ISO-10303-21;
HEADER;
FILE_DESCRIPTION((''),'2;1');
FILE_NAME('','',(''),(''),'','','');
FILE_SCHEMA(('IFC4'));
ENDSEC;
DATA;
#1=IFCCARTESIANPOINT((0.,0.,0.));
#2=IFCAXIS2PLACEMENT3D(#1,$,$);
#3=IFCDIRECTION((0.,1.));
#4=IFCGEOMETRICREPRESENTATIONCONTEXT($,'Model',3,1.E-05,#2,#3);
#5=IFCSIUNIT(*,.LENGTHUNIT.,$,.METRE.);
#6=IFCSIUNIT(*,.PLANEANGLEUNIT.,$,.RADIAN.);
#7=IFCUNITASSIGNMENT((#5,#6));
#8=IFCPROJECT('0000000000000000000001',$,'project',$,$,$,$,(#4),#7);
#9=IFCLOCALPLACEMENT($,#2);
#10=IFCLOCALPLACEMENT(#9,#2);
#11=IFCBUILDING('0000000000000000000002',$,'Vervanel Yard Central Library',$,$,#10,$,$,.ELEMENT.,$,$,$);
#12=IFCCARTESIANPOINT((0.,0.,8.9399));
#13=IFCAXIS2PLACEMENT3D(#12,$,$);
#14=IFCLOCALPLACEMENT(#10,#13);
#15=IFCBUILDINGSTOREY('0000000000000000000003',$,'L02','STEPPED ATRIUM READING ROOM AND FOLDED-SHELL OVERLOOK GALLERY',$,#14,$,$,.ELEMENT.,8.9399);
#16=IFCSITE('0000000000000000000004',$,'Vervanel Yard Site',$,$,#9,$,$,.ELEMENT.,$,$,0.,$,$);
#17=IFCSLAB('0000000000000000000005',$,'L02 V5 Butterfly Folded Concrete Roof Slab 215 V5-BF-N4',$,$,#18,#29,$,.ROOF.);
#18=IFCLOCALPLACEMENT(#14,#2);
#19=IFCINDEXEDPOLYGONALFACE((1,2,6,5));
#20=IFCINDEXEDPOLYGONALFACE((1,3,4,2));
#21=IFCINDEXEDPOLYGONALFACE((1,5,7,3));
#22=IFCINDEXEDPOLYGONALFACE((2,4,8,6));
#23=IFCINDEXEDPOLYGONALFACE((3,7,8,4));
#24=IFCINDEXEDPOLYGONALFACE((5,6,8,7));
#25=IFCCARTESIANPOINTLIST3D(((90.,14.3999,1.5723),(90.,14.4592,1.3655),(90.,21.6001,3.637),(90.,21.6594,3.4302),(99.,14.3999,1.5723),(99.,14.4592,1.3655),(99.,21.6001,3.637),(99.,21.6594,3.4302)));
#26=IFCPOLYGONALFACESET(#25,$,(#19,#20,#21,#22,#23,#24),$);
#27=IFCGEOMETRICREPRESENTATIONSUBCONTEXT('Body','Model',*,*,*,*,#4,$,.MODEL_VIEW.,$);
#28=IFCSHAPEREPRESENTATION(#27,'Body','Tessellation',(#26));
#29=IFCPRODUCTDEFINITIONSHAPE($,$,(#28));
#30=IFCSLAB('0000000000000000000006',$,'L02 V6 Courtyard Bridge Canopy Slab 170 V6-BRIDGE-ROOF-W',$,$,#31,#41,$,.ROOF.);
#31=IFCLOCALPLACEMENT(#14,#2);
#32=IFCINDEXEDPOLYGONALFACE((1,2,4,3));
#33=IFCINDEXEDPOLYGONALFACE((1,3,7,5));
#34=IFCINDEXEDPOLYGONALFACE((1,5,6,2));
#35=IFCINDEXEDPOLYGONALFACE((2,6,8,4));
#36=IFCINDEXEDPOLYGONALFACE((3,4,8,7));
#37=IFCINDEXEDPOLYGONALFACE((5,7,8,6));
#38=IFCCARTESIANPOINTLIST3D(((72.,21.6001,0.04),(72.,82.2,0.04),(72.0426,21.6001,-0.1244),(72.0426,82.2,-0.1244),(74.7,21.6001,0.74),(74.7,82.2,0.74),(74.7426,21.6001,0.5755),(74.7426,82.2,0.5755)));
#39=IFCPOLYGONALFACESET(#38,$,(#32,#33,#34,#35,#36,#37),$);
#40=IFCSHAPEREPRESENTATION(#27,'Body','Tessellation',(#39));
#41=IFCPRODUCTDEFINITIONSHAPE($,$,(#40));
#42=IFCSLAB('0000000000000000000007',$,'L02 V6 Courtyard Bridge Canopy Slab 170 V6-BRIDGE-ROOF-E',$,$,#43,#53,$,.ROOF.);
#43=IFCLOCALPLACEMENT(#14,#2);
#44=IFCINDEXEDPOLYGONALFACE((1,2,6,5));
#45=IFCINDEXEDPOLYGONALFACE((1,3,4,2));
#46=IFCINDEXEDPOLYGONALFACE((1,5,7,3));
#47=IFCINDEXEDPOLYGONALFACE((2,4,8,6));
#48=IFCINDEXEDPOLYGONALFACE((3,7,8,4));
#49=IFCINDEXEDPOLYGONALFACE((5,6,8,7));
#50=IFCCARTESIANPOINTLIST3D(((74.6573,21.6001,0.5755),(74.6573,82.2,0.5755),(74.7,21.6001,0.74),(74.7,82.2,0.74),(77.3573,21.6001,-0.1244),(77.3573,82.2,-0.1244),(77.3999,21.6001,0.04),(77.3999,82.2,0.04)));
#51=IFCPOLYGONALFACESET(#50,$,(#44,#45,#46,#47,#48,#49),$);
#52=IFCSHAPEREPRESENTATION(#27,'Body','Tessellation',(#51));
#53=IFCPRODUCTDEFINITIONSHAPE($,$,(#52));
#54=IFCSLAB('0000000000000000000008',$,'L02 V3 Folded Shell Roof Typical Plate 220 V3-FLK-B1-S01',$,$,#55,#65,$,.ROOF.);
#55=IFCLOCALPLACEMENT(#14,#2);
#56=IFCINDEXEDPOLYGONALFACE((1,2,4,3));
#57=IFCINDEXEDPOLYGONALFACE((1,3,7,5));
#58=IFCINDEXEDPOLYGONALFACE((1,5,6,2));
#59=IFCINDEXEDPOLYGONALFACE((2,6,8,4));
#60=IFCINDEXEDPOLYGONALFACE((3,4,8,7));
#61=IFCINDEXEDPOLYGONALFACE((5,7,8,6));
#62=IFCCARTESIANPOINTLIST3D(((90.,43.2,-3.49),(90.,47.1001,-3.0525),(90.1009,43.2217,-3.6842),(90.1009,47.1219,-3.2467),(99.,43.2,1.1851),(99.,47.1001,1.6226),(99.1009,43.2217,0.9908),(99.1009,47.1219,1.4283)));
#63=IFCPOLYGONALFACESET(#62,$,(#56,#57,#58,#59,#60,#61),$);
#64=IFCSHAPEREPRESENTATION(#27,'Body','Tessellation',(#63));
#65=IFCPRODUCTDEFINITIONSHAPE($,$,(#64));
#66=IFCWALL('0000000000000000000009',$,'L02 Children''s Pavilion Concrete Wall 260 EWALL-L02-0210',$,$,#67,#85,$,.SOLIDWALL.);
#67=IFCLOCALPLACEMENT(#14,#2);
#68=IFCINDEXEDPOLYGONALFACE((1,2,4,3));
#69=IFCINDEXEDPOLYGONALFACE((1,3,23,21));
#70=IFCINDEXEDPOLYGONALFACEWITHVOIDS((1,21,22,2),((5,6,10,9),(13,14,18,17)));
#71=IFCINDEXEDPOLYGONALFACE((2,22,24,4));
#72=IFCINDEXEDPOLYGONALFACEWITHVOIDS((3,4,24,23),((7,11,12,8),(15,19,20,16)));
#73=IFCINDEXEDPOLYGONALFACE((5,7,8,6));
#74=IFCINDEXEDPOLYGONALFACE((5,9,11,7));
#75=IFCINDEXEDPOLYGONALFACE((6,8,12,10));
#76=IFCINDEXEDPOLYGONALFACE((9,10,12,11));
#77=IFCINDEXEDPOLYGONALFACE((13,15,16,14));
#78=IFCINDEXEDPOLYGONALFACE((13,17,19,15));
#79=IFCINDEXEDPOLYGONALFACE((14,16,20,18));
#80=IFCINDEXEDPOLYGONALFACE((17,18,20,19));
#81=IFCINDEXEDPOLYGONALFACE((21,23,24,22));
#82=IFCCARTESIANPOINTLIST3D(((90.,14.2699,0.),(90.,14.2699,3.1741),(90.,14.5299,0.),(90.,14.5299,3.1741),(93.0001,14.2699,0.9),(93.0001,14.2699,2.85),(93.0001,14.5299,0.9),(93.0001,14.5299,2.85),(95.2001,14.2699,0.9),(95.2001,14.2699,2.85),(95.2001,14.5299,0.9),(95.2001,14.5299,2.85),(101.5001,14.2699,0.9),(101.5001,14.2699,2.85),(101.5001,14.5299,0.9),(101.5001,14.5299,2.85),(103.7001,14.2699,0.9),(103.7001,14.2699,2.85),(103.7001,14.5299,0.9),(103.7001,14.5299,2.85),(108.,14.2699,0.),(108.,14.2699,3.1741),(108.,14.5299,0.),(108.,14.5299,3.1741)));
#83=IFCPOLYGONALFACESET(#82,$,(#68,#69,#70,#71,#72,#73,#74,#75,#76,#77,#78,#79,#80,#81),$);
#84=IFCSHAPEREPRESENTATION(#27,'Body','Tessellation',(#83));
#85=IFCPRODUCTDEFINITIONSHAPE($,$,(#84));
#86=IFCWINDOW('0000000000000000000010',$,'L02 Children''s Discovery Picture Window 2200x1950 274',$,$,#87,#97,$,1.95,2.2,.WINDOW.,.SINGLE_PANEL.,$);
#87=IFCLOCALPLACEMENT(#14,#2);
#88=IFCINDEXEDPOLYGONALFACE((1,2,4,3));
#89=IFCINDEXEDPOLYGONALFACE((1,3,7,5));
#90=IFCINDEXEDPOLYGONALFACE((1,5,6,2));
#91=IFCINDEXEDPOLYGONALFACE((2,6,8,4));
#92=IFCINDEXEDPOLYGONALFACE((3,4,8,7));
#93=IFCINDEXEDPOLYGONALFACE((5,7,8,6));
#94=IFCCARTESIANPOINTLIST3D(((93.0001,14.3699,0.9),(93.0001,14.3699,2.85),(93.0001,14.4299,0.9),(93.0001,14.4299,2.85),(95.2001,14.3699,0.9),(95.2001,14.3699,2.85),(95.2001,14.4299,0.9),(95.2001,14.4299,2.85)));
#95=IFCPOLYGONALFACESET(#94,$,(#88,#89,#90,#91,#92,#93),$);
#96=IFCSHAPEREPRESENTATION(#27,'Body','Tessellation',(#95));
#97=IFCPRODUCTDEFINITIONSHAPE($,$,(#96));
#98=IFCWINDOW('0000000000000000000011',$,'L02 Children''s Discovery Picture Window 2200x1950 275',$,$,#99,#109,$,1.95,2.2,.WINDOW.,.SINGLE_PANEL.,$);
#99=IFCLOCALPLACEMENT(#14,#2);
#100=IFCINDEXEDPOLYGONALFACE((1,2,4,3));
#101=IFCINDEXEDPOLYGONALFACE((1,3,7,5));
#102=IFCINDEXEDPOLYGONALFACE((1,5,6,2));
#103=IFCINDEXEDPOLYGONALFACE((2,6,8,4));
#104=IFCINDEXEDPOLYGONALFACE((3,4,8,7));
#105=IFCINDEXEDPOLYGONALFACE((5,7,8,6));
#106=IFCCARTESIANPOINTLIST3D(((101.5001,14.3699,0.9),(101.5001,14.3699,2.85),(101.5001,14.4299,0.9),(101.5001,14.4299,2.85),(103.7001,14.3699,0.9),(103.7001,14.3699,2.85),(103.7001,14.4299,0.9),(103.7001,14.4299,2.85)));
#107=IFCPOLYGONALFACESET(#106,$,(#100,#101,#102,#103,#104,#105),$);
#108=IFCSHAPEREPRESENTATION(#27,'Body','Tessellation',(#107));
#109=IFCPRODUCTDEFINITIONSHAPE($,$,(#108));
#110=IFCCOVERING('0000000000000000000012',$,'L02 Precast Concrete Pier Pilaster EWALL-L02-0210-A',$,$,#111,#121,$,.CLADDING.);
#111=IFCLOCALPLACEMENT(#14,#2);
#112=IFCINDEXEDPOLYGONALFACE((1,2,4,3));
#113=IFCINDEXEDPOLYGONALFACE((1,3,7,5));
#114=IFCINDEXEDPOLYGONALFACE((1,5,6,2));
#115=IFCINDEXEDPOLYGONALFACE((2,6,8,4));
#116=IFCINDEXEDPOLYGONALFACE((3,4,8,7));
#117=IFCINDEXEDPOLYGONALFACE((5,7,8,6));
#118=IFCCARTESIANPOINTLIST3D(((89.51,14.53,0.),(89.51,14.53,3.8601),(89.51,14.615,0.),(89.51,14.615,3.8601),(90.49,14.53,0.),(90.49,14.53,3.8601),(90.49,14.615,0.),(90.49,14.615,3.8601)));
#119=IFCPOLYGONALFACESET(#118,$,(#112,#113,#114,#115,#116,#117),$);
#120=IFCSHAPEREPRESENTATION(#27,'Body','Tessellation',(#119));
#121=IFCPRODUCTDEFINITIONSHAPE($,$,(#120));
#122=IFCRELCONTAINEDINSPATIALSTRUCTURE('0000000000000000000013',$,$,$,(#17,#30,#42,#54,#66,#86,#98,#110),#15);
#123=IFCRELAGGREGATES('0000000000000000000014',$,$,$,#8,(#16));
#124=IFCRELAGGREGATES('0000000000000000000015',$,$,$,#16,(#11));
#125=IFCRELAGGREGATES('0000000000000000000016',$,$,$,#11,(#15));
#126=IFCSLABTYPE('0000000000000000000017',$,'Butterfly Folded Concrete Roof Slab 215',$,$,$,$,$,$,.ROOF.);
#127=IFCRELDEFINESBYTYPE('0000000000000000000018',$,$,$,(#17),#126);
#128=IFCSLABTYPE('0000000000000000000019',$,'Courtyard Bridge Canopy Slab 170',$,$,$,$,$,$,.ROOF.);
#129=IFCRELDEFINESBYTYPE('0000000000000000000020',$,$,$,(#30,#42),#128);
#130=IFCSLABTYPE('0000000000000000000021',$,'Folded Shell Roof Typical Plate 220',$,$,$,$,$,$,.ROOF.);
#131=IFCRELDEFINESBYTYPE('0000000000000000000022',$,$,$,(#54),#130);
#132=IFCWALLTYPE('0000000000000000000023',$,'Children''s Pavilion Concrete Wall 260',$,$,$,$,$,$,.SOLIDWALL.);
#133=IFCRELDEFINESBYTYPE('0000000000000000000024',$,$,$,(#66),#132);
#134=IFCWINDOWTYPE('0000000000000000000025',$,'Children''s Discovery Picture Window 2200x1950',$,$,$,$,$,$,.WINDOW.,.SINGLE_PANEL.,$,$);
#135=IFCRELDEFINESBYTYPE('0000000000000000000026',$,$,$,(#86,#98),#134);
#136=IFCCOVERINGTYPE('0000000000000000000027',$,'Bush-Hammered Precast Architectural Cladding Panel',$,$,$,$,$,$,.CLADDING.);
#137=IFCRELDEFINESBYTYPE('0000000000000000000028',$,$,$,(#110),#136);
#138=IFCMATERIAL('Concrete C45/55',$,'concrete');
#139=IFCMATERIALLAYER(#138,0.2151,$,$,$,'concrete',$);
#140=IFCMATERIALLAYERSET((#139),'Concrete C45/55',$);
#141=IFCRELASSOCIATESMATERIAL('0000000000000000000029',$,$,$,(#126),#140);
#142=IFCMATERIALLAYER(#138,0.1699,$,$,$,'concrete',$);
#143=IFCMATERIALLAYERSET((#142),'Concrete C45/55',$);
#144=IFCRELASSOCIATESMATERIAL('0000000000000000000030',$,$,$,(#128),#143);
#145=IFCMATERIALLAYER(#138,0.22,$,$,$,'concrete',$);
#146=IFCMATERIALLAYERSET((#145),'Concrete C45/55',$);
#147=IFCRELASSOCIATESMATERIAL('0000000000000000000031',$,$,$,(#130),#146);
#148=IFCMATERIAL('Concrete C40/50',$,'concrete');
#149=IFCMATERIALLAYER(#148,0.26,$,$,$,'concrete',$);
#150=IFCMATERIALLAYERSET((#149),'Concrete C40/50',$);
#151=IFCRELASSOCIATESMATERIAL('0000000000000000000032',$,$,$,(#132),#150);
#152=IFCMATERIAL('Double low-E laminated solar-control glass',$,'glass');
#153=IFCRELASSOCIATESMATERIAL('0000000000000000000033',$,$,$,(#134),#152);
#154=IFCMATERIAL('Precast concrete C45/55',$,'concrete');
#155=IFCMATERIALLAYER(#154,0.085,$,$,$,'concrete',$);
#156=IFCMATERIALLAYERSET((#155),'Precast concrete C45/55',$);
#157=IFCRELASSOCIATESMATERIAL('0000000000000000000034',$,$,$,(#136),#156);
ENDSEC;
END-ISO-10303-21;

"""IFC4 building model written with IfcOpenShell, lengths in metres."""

from ifc_helpers import new_model, si_unit, direction, frame, frame_2d, origin, origin_2d, place, context, subcontext, project, spatial, polyline, rectangle, outline, extrude, material, layer, layer_set, type_object, element, fill, save


model = new_model("IFC4")

# Units and contexts
model_context = context("Model", 3, precision=1e-05, world=origin(), true_north=direction((0.0, 1.0)))
body_context = subcontext(model_context, "Body", "Model", "MODEL_VIEW")
ifc_project = project(units=[si_unit("LENGTHUNIT", "METRE"), si_unit("PLANEANGLEUNIT", "RADIAN")], contexts=[model_context])

# Site, building, storey
site_placement = place(None, origin())
site = spatial("IfcSite", under=ifc_project, at=site_placement, Name="Vervanel Yard Site", CompositionType="ELEMENT", RefElevation=0.0)
building_placement = place(site_placement, origin())
building = spatial("IfcBuilding", under=site, at=building_placement, Name="Vervanel Yard Central Library", CompositionType="ELEMENT")
storey_placement = place(building_placement, frame((0.0, 0.0, 8.9399)))
storey = spatial("IfcBuildingStorey", under=building, at=storey_placement, Name="L02", Description="STEPPED ATRIUM READING ROOM AND FOLDED-SHELL OVERLOOK GALLERY", CompositionType="ELEMENT", Elevation=8.9399)

# Slabs
ifc_material_1 = material(Name="Concrete C45/55", Category="concrete")
ifc_layer_1 = layer(ifc_material_1, 0.2151, Category="concrete")
ifc_layer_set_1 = layer_set([ifc_layer_1], Name="Concrete C45/55")
slab_type_1 = type_object("IfcSlabType", Name="Butterfly Folded Concrete Roof Slab 215", PredefinedType="ROOF", material=ifc_layer_set_1)
slab_1_placement = place(storey_placement, frame((90.0, 14.3999, 1.5723), z_axis=(0.0, -0.275647, 0.961259), x_axis=(1.0, 0.0, 0.0)))
element("IfcSlab", 1, at=slab_1_placement, inside=storey, type_object=slab_type_1, Name="L02 V5 Butterfly Folded Concrete Roof Slab 215 V5-BF-N4", PredefinedType="ROOF", context=body_context, shape_type="SweptSolid", body=[
    extrude(outline(polyline([(0.0, 0.0), (9.0, 0.0), (9.0, 7.4904), (0.0, 7.4904), (0.0, 0.0)])), origin(), (0.0, 0.0, -1.0), 0.2151),
])
ifc_layer_2 = layer(ifc_material_1, 0.1699, Category="concrete")
ifc_layer_set_2 = layer_set([ifc_layer_2], Name="Concrete C45/55")
slab_type_2 = type_object("IfcSlabType", Name="Courtyard Bridge Canopy Slab 170", PredefinedType="ROOF", material=ifc_layer_set_2)
for number, where, z_axis, x_axis, name in (
    (2, (72.0, 21.6001, 0.04), (-0.25095, 0.0, 0.968), (0.968, 0.0, 0.25095), "L02 V6 Courtyard Bridge Canopy Slab 170 V6-BRIDGE-ROOF-W"),
    (3, (74.7, 21.6001, 0.74), (0.25095, 0.0, 0.968), (0.968, 0.0, -0.25095), "L02 V6 Courtyard Bridge Canopy Slab 170 V6-BRIDGE-ROOF-E"),
):
    element("IfcSlab", number, at=place(storey_placement, frame(where, z_axis=z_axis, x_axis=x_axis)), inside=storey, type_object=slab_type_2, Name=name, PredefinedType="ROOF", context=body_context, shape_type="SweptSolid", body=[
        extrude(outline(polyline([(0.0, 0.0), (2.7892, 0.0), (2.7892, 60.5999), (0.0, 60.5999), (0.0, 0.0)])), origin(), (0.0, 0.0, -1.0), 0.1699),
    ])
ifc_layer_3 = layer(ifc_material_1, 0.22, Category="concrete")
ifc_layer_set_3 = layer_set([ifc_layer_3], Name="Concrete C45/55")
slab_type_3 = type_object("IfcSlabType", Name="Folded Shell Roof Typical Plate 220", PredefinedType="ROOF", material=ifc_layer_set_3)
slab_2_placement = place(storey_placement, frame((90.0, 43.2, -3.49), z_axis=(-0.458701, -0.099057, 0.883052), x_axis=(0.887417, 0.0, 0.460968)))
element("IfcSlab", 4, at=slab_2_placement, inside=storey, type_object=slab_type_3, Name="L02 V3 Folded Shell Roof Typical Plate 220 V3-FLK-B1-S01", PredefinedType="ROOF", context=body_context, shape_type="SweptSolid", body=[
    extrude(outline(polyline([(0.0, 0.0), (10.1418, 0.0), (10.3435, 3.9194), (0.2017, 3.9194), (0.0, 0.0)])), origin(), (0.0, 0.0, -1.0), 0.22),
])

# Wall, openings, windows
ifc_material_2 = material(Name="Concrete C40/50", Category="concrete")
ifc_layer_4 = layer(ifc_material_2, 0.26, Category="concrete")
ifc_layer_set_4 = layer_set([ifc_layer_4], Name="Concrete C40/50")
wall_type = type_object("IfcWallType", Name="Children's Pavilion Concrete Wall 260", PredefinedType="SOLIDWALL", material=ifc_layer_set_4)
wall_placement = place(storey_placement, frame((90.0, 14.3999, 0.0), z_axis=(0.0, 0.0, 1.0), x_axis=(1.0, 0.0, 0.0)))
wall = element("IfcWall", 5, at=wall_placement, inside=storey, type_object=wall_type, Name="L02 Children's Pavilion Concrete Wall 260 EWALL-L02-0210", PredefinedType="SOLIDWALL", context=body_context, shape_type="SweptSolid", body=[
    extrude(rectangle(XDim=18.0, YDim=0.26, at=frame_2d((9.0, 0.0))), origin(), (0.0, 0.0, 1.0), 3.1741),
])
opening_1_placement = place(wall_placement, frame((3.0, 0.0, 0.8999)))
opening_1 = element("IfcOpeningElement", 6, at=opening_1_placement, cuts=wall, PredefinedType="OPENING", context=body_context, shape_type="SweptSolid", body=[
    extrude(rectangle(XDim=2.2, YDim=1.95, at=frame_2d((1.1001, 0.9751))), frame((0.0, 0.1399, 0.0), z_axis=(0.0, -1.0, 0.0), x_axis=(1.0, 0.0, 0.0)), (0.0, 0.0, 1.0), 0.28),
])
opening_2_placement = place(wall_placement, frame((11.5, 0.0, 0.8999)))
opening_2 = element("IfcOpeningElement", 7, at=opening_2_placement, cuts=wall, PredefinedType="OPENING", context=body_context, shape_type="SweptSolid", body=[
    extrude(rectangle(XDim=2.2, YDim=1.95, at=frame_2d((1.1001, 0.9751))), frame((0.0, 0.1399, 0.0), z_axis=(0.0, -1.0, 0.0), x_axis=(1.0, 0.0, 0.0)), (0.0, 0.0, 1.0), 0.28),
])
ifc_material_3 = material(Name="Double low-E laminated solar-control glass", Category="glass")
window_type = type_object("IfcWindowType", Name="Children's Discovery Picture Window 2200x1950", PartitioningType="SINGLE_PANEL", PredefinedType="WINDOW", material=ifc_material_3)
window_1_placement = place(opening_1_placement, origin())
window_1 = element("IfcWindow", 8, at=window_1_placement, inside=storey, type_object=window_type, Name="L02 Children's Discovery Picture Window 2200x1950 274", OverallHeight=1.95, OverallWidth=2.2, PartitioningType="SINGLE_PANEL", PredefinedType="WINDOW", context=body_context, shape_type="SweptSolid", body=[
    extrude(rectangle(XDim=2.2, YDim=1.95, at=frame_2d((1.1001, 0.9751))), frame((0.0, 0.03, 0.0), z_axis=(0.0, -1.0, 0.0), x_axis=(1.0, 0.0, 0.0)), (0.0, 0.0, 1.0), 0.0601),
])
fill(opening_1, window_1)
window_2_placement = place(opening_2_placement, origin())
window_2 = element("IfcWindow", 9, at=window_2_placement, inside=storey, type_object=window_type, Name="L02 Children's Discovery Picture Window 2200x1950 275", OverallHeight=1.95, OverallWidth=2.2, PartitioningType="SINGLE_PANEL", PredefinedType="WINDOW", context=body_context, shape_type="SweptSolid", body=[
    extrude(rectangle(XDim=2.2, YDim=1.95, at=frame_2d((1.1001, 0.9751))), frame((0.0, 0.03, 0.0), z_axis=(0.0, -1.0, 0.0), x_axis=(1.0, 0.0, 0.0)), (0.0, 0.0, 1.0), 0.0601),
])
fill(opening_2, window_2)

# Covering
ifc_material_4 = material(Name="Precast concrete C45/55", Category="concrete")
ifc_layer_5 = layer(ifc_material_4, 0.085, Category="concrete")
ifc_layer_set_5 = layer_set([ifc_layer_5], Name="Precast concrete C45/55")
covering_type = type_object("IfcCoveringType", Name="Bush-Hammered Precast Architectural Cladding Panel", PredefinedType="CLADDING", material=ifc_layer_set_5)
covering_placement = place(storey_placement, frame((90.0, 14.5725, 0.0), z_axis=(0.0, 0.0, 1.0), x_axis=(1.0, 0.0, 0.0)))
element("IfcCovering", 10, at=covering_placement, inside=storey, type_object=covering_type, Name="L02 Precast Concrete Pier Pilaster EWALL-L02-0210-A", PredefinedType="CLADDING", context=body_context, shape_type="SweptSolid", body=[
    extrude(rectangle(XDim=0.98, YDim=0.085, at=origin_2d()), origin(), (0.0, 0.0, 1.0), 3.8601),
])

save(model, "model.ifc")
